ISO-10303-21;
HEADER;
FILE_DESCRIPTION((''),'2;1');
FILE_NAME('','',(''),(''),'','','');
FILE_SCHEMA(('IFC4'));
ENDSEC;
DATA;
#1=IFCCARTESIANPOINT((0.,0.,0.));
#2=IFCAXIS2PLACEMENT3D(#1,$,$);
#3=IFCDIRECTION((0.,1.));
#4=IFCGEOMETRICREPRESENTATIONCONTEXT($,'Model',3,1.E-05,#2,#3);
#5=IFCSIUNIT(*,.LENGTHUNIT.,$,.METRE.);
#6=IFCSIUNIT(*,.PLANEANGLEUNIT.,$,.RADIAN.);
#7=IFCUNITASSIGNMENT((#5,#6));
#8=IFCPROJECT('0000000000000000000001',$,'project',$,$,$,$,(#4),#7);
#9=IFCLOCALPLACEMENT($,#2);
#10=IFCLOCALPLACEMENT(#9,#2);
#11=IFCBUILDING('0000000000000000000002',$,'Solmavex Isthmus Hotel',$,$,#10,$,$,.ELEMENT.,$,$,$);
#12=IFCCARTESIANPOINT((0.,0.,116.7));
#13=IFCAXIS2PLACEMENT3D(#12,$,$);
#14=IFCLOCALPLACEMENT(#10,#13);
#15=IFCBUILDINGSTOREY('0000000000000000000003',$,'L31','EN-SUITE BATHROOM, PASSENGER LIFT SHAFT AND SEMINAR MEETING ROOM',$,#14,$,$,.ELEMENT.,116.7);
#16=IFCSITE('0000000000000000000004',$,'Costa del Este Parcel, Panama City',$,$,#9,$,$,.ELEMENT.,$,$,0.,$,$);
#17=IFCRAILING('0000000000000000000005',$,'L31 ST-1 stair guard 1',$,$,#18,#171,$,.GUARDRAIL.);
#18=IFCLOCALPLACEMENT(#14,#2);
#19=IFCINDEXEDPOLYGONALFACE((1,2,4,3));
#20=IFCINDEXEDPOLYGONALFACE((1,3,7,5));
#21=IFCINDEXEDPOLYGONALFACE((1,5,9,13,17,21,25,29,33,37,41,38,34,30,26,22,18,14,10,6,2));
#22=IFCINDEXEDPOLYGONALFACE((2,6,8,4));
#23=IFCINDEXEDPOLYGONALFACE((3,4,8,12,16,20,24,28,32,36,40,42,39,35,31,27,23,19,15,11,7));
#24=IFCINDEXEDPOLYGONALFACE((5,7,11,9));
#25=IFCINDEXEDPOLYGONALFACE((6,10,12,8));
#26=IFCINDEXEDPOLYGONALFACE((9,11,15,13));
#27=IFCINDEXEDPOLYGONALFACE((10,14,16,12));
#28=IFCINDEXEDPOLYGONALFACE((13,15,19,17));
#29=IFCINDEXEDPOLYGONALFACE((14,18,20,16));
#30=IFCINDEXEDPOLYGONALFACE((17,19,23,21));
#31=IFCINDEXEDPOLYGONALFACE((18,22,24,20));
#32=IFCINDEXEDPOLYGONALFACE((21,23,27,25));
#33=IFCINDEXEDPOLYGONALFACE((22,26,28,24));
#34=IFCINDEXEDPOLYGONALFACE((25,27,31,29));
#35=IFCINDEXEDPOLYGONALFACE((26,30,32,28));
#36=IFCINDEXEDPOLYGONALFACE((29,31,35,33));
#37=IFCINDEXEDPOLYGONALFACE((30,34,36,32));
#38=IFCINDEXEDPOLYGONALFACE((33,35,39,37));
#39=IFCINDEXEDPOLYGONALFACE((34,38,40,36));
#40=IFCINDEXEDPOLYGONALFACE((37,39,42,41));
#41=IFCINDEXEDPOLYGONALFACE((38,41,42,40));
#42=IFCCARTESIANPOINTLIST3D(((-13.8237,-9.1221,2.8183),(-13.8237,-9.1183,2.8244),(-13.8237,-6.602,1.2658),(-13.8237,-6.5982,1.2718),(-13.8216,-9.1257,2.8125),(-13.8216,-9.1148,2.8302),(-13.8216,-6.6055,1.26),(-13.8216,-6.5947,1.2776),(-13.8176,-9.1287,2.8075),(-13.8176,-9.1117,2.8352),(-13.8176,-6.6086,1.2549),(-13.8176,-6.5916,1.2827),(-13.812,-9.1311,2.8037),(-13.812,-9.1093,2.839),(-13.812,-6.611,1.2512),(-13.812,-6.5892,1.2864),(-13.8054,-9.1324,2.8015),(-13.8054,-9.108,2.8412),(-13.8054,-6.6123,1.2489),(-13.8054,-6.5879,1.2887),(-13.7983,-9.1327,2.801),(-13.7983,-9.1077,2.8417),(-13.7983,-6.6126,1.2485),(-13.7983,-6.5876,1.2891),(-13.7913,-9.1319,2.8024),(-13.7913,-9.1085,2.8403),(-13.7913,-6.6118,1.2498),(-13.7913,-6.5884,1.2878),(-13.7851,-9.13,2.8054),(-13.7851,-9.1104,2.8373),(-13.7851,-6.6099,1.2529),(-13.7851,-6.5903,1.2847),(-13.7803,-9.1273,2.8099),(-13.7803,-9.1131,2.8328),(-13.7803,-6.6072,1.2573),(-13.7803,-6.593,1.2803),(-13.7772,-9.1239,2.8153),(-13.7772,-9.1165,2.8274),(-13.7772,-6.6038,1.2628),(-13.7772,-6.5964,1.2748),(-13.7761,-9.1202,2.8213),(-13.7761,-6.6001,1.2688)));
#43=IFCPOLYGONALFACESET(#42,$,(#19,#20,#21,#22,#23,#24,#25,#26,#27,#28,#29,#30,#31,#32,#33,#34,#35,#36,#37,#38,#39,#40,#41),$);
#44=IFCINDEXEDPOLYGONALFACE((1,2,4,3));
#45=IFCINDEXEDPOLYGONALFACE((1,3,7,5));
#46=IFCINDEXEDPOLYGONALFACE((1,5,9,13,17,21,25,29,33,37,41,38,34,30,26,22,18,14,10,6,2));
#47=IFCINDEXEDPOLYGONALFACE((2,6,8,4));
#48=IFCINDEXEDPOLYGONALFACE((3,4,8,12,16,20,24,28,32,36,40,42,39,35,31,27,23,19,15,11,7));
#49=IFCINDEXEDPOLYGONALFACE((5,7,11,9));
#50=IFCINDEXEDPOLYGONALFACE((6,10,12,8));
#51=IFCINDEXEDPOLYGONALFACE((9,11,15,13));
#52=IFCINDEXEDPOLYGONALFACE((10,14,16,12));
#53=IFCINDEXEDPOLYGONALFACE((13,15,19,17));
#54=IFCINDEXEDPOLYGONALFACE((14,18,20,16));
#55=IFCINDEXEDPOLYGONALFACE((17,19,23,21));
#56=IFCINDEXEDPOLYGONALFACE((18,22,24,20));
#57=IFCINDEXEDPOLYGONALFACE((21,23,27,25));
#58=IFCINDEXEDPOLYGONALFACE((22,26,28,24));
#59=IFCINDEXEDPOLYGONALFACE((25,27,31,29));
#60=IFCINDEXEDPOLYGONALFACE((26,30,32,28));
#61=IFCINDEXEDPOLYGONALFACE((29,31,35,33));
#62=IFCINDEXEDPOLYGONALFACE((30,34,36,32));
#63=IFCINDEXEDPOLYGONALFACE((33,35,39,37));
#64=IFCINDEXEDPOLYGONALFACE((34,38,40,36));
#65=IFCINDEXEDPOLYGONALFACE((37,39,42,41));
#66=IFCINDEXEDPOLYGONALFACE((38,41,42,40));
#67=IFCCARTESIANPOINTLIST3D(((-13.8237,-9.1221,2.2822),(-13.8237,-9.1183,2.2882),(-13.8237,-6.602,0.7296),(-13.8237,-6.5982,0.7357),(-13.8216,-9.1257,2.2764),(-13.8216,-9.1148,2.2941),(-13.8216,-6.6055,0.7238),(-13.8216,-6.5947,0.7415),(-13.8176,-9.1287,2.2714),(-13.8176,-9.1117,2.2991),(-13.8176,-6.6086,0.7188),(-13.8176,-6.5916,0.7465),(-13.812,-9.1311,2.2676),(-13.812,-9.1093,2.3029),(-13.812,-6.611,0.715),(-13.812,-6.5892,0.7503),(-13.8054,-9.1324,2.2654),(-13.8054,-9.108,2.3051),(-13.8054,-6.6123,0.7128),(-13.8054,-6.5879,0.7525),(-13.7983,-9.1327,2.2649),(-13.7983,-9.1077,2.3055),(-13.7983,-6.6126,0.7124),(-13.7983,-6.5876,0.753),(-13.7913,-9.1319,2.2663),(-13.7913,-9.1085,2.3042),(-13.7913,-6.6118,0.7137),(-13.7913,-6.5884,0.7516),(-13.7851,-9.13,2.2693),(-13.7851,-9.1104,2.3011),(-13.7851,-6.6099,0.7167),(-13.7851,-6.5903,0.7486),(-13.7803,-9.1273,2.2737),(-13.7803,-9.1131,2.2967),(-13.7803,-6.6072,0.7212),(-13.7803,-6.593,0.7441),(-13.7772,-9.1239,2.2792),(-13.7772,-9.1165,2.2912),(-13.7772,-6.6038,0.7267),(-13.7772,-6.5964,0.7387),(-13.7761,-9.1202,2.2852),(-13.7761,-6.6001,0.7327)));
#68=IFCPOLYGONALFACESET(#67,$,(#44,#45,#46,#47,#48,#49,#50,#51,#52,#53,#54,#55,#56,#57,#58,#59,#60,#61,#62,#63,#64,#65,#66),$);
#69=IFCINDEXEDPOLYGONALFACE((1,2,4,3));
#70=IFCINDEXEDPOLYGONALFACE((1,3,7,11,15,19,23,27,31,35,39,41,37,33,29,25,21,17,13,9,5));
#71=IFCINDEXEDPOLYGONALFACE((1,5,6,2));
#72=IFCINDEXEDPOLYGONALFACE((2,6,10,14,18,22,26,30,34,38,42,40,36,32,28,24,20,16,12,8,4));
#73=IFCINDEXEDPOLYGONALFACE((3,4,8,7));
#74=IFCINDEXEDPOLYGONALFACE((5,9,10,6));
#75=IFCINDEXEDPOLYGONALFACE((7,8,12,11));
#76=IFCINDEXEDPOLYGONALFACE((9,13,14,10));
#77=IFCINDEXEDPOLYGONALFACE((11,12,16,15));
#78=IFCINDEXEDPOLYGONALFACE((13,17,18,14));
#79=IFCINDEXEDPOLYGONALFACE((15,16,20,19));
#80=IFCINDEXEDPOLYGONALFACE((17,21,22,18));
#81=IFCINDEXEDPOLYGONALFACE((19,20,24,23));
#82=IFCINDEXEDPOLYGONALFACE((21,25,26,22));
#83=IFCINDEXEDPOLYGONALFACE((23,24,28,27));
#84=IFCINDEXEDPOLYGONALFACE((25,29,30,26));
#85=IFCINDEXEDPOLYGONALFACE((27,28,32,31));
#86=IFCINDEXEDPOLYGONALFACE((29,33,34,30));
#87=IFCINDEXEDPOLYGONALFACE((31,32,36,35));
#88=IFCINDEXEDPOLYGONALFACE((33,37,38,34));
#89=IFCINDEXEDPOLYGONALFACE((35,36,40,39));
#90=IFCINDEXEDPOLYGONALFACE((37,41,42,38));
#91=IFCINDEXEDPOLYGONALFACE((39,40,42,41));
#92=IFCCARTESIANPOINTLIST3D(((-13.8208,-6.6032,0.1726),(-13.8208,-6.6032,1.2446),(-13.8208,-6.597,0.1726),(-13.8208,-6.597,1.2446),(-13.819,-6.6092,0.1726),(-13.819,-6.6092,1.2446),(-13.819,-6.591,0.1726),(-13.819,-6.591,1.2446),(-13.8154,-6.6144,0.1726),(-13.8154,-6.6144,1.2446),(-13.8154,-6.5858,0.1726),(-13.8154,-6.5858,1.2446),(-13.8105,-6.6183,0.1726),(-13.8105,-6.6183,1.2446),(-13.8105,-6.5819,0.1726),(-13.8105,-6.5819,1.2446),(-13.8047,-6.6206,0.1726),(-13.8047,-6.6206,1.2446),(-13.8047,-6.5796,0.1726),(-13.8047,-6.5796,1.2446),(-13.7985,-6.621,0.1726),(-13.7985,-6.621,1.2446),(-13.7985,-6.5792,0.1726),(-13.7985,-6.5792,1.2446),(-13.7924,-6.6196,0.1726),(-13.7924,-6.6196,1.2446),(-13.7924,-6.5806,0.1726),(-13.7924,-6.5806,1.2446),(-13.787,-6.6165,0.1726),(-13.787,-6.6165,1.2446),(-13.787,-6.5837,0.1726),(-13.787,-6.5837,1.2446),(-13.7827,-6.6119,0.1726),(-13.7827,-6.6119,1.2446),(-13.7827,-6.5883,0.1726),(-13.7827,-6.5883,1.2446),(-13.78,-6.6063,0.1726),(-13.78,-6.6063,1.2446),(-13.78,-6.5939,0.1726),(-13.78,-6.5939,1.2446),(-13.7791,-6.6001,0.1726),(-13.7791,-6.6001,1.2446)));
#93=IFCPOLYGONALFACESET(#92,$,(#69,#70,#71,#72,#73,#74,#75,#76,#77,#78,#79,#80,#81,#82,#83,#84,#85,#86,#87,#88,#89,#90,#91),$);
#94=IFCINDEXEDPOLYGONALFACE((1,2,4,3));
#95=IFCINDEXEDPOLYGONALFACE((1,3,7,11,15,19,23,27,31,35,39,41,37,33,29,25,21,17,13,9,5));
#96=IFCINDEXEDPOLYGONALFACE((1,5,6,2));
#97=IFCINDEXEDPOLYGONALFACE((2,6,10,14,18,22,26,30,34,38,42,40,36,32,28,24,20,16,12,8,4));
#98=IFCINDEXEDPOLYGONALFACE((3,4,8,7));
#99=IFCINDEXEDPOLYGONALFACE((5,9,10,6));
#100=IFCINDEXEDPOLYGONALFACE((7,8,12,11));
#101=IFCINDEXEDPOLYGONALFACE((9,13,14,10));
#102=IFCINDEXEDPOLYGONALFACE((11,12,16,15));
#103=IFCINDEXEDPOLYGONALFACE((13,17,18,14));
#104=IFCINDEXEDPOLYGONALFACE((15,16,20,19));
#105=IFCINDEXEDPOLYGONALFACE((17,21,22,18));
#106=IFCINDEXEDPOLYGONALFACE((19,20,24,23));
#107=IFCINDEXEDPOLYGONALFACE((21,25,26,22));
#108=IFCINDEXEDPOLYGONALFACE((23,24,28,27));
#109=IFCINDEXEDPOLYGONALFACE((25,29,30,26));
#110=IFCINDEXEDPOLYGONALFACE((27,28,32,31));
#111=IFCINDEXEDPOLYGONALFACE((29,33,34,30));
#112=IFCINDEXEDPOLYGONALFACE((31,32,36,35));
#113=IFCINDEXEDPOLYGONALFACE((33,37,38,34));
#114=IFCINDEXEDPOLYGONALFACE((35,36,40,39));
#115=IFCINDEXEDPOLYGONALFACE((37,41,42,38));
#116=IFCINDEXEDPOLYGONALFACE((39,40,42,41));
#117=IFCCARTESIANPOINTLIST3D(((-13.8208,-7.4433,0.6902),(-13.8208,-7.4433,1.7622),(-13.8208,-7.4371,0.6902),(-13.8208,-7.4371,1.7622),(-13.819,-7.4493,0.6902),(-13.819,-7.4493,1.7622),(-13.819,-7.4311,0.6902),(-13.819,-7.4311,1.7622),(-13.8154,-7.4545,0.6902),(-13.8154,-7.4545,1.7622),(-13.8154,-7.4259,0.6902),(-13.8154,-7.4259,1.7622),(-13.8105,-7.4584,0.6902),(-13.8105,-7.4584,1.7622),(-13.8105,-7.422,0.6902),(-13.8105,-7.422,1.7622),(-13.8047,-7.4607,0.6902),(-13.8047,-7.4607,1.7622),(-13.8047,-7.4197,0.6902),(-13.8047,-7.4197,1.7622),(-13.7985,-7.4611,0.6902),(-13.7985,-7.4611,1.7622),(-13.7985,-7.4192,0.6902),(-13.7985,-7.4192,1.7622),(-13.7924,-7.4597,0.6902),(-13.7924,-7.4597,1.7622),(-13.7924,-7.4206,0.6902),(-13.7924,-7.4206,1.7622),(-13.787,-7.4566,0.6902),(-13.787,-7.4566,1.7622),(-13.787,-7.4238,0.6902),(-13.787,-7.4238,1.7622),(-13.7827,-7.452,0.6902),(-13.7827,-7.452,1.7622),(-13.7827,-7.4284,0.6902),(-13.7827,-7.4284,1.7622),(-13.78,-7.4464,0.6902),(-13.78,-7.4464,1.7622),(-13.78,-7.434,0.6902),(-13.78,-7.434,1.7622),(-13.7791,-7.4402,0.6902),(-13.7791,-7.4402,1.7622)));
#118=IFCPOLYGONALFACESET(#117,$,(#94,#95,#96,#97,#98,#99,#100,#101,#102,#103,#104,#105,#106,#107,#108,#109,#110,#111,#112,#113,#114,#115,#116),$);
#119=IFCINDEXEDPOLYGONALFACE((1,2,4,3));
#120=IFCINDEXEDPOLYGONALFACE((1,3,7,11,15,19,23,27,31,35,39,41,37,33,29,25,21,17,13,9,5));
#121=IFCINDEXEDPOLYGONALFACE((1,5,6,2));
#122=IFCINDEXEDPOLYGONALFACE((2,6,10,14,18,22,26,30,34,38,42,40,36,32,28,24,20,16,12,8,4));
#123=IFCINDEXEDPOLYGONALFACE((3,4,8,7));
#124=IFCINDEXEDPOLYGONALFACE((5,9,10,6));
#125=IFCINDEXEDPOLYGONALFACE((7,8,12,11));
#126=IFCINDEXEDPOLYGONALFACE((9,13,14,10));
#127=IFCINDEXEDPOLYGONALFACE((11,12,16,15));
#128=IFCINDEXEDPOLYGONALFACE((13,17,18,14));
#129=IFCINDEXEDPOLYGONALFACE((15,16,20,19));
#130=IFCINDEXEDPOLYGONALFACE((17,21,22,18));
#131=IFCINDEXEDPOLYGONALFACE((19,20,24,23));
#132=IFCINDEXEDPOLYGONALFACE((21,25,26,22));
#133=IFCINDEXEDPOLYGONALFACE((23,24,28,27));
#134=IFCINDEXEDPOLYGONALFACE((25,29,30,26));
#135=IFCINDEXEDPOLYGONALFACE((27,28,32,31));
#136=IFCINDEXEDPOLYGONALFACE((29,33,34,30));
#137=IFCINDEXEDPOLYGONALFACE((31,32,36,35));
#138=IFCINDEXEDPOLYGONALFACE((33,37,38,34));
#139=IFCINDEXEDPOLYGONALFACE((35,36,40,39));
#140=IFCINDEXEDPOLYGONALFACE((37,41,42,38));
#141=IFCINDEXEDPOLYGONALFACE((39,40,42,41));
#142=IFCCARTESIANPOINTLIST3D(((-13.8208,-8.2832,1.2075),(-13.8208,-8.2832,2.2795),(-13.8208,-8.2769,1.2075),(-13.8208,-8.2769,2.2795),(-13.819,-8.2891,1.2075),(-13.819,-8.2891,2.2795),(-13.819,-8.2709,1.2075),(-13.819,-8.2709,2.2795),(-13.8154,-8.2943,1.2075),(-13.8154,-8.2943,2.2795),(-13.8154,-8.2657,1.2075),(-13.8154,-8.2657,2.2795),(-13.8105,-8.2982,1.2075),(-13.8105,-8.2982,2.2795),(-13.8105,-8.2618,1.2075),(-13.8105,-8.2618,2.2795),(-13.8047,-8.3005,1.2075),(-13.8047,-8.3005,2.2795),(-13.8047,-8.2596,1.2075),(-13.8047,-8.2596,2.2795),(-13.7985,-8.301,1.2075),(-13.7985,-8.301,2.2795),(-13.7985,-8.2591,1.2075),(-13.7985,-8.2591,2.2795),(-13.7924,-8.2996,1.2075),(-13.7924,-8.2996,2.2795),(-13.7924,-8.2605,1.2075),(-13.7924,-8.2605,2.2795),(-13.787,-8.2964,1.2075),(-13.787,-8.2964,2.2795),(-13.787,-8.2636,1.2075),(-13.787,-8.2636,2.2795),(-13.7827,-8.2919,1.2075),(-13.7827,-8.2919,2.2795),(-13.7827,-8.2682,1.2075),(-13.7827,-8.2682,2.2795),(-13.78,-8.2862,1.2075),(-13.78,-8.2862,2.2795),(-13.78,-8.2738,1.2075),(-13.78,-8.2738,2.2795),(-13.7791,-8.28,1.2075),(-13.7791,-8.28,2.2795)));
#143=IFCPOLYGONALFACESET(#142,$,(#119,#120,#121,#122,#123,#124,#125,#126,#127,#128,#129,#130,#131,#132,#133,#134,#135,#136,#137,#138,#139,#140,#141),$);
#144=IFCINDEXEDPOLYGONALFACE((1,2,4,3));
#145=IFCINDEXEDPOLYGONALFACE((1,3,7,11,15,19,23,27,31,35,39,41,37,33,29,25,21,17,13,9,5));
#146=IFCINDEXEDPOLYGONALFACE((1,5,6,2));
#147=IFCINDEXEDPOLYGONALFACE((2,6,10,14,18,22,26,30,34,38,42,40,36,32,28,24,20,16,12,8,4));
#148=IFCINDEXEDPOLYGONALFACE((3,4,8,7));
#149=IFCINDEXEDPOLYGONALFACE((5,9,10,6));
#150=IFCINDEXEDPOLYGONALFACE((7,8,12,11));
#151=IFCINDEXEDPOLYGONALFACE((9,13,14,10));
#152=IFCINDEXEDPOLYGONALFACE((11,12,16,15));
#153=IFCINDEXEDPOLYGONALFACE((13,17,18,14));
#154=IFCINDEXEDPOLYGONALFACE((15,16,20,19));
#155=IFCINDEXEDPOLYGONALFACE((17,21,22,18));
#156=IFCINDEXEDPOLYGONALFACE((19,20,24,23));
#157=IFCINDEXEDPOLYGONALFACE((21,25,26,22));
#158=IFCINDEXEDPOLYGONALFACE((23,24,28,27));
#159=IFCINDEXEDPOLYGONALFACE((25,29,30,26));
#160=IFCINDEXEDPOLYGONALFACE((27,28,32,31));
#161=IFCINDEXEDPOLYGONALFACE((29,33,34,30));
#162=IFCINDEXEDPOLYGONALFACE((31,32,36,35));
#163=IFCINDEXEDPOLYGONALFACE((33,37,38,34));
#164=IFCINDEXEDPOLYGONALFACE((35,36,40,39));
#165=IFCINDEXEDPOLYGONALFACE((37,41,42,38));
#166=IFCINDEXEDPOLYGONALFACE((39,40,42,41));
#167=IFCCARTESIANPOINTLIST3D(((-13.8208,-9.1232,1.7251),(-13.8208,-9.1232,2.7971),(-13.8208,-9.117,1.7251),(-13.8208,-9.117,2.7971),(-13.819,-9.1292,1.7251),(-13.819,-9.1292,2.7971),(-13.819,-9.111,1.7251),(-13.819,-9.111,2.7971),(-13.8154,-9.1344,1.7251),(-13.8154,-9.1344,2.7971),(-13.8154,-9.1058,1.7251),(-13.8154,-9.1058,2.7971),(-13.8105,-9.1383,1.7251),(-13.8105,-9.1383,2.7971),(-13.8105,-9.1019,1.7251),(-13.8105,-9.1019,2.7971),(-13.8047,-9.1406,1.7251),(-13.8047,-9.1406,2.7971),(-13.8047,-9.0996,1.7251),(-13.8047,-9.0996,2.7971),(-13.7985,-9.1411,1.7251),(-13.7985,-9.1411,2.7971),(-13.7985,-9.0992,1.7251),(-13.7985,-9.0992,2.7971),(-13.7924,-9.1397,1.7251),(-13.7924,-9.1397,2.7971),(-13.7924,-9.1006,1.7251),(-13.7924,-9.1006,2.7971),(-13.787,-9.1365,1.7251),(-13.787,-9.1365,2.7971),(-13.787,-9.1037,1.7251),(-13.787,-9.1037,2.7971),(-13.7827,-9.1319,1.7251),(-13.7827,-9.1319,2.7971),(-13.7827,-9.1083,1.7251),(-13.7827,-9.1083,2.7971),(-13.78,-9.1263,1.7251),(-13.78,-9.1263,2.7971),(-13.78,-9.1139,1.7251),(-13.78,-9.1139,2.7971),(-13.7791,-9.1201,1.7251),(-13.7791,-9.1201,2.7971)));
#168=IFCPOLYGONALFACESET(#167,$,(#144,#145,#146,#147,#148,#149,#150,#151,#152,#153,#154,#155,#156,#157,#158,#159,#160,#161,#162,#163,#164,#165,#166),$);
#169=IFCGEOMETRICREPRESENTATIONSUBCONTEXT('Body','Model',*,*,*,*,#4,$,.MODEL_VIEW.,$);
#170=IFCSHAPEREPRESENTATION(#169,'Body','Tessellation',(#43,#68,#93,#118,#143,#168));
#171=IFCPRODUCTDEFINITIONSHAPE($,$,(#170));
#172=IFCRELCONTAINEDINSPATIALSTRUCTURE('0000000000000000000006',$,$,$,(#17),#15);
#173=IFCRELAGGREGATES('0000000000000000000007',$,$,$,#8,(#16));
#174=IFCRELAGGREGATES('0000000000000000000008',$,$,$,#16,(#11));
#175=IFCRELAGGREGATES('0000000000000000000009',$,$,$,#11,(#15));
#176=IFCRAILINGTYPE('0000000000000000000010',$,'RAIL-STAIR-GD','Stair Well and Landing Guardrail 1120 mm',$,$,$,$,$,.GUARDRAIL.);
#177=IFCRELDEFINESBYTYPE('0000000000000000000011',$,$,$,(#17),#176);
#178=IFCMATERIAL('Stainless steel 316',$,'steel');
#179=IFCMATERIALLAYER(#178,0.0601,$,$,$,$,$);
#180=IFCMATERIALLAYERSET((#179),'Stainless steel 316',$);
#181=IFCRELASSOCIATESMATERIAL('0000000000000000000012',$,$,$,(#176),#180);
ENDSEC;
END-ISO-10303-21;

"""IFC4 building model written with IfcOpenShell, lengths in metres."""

from ifc_helpers import new_model, si_unit, direction, frame, origin, origin_2d, place, context, subcontext, project, spatial, circle, extrude, material, layer, layer_set, type_object, element, save


model = new_model("IFC4")

# Units and contexts
model_context = context("Model", 3, precision=1e-05, world=origin(), true_north=direction((0.0, 1.0)))
body_context = subcontext(model_context, "Body", "Model", "MODEL_VIEW")
ifc_project = project(units=[si_unit("LENGTHUNIT", "METRE"), si_unit("PLANEANGLEUNIT", "RADIAN")], contexts=[model_context])

# Site, building, storey
site_placement = place(None, origin())
site = spatial("IfcSite", under=ifc_project, at=site_placement, Name="Costa del Este Parcel, Panama City", CompositionType="ELEMENT", RefElevation=0.0)
building_placement = place(site_placement, origin())
building = spatial("IfcBuilding", under=site, at=building_placement, Name="Solmavex Isthmus Hotel", CompositionType="ELEMENT")
storey_placement = place(building_placement, frame((0.0, 0.0, 116.7)))
storey = spatial("IfcBuildingStorey", under=building, at=storey_placement, Name="L31", Description="EN-SUITE BATHROOM, PASSENGER LIFT SHAFT AND SEMINAR MEETING ROOM", CompositionType="ELEMENT", Elevation=116.7)

# Railing
ifc_material_1 = material(Name="Stainless steel 316", Category="steel")
ifc_layer_1 = layer(ifc_material_1, 0.0601)
ifc_layer_set_1 = layer_set([ifc_layer_1], Name="Stainless steel 316")
railing_type_1 = type_object("IfcRailingType", Name="RAIL-STAIR-GD", Description="Stair Well and Landing Guardrail 1120 mm", PredefinedType="GUARDRAIL", material=ifc_layer_set_1)
railing_1_placement = place(storey_placement, frame((-13.8, -6.6001, 0.1726)))
element("IfcRailing", 1, at=railing_1_placement, inside=storey, type_object=railing_type_1, Name="L31 ST-1 stair guard 1", PredefinedType="GUARDRAIL", context=body_context, shape_type="SweptSolid", body=[
    extrude(circle(Radius=0.0239, at=origin_2d()), frame((0.0, 0.0, 1.0962), z_axis=(0.0, -0.8514, 0.524516), x_axis=(1.0, 0.0, 0.0)), (0.0, 0.0, 1.0), 2.96),
    extrude(circle(Radius=0.0239, at=origin_2d()), frame((0.0, 0.0, 0.5601), z_axis=(0.0, -0.8514, 0.524516), x_axis=(1.0, 0.0, 0.0)), (0.0, 0.0, 1.0), 2.96),
    extrude(circle(Radius=0.021, at=origin_2d()), origin(), (0.0, 0.0, 1.0), 1.072),
    extrude(circle(Radius=0.021, at=origin_2d()), frame((0.0, -0.8401, 0.5176)), (0.0, 0.0, 1.0), 1.072),
    extrude(circle(Radius=0.021, at=origin_2d()), frame((0.0, -1.6799, 1.0349)), (0.0, 0.0, 1.0), 1.072),
    extrude(circle(Radius=0.021, at=origin_2d()), frame((0.0, -2.52, 1.5525)), (0.0, 0.0, 1.0), 1.072),
])

save(model, "model.ifc")
